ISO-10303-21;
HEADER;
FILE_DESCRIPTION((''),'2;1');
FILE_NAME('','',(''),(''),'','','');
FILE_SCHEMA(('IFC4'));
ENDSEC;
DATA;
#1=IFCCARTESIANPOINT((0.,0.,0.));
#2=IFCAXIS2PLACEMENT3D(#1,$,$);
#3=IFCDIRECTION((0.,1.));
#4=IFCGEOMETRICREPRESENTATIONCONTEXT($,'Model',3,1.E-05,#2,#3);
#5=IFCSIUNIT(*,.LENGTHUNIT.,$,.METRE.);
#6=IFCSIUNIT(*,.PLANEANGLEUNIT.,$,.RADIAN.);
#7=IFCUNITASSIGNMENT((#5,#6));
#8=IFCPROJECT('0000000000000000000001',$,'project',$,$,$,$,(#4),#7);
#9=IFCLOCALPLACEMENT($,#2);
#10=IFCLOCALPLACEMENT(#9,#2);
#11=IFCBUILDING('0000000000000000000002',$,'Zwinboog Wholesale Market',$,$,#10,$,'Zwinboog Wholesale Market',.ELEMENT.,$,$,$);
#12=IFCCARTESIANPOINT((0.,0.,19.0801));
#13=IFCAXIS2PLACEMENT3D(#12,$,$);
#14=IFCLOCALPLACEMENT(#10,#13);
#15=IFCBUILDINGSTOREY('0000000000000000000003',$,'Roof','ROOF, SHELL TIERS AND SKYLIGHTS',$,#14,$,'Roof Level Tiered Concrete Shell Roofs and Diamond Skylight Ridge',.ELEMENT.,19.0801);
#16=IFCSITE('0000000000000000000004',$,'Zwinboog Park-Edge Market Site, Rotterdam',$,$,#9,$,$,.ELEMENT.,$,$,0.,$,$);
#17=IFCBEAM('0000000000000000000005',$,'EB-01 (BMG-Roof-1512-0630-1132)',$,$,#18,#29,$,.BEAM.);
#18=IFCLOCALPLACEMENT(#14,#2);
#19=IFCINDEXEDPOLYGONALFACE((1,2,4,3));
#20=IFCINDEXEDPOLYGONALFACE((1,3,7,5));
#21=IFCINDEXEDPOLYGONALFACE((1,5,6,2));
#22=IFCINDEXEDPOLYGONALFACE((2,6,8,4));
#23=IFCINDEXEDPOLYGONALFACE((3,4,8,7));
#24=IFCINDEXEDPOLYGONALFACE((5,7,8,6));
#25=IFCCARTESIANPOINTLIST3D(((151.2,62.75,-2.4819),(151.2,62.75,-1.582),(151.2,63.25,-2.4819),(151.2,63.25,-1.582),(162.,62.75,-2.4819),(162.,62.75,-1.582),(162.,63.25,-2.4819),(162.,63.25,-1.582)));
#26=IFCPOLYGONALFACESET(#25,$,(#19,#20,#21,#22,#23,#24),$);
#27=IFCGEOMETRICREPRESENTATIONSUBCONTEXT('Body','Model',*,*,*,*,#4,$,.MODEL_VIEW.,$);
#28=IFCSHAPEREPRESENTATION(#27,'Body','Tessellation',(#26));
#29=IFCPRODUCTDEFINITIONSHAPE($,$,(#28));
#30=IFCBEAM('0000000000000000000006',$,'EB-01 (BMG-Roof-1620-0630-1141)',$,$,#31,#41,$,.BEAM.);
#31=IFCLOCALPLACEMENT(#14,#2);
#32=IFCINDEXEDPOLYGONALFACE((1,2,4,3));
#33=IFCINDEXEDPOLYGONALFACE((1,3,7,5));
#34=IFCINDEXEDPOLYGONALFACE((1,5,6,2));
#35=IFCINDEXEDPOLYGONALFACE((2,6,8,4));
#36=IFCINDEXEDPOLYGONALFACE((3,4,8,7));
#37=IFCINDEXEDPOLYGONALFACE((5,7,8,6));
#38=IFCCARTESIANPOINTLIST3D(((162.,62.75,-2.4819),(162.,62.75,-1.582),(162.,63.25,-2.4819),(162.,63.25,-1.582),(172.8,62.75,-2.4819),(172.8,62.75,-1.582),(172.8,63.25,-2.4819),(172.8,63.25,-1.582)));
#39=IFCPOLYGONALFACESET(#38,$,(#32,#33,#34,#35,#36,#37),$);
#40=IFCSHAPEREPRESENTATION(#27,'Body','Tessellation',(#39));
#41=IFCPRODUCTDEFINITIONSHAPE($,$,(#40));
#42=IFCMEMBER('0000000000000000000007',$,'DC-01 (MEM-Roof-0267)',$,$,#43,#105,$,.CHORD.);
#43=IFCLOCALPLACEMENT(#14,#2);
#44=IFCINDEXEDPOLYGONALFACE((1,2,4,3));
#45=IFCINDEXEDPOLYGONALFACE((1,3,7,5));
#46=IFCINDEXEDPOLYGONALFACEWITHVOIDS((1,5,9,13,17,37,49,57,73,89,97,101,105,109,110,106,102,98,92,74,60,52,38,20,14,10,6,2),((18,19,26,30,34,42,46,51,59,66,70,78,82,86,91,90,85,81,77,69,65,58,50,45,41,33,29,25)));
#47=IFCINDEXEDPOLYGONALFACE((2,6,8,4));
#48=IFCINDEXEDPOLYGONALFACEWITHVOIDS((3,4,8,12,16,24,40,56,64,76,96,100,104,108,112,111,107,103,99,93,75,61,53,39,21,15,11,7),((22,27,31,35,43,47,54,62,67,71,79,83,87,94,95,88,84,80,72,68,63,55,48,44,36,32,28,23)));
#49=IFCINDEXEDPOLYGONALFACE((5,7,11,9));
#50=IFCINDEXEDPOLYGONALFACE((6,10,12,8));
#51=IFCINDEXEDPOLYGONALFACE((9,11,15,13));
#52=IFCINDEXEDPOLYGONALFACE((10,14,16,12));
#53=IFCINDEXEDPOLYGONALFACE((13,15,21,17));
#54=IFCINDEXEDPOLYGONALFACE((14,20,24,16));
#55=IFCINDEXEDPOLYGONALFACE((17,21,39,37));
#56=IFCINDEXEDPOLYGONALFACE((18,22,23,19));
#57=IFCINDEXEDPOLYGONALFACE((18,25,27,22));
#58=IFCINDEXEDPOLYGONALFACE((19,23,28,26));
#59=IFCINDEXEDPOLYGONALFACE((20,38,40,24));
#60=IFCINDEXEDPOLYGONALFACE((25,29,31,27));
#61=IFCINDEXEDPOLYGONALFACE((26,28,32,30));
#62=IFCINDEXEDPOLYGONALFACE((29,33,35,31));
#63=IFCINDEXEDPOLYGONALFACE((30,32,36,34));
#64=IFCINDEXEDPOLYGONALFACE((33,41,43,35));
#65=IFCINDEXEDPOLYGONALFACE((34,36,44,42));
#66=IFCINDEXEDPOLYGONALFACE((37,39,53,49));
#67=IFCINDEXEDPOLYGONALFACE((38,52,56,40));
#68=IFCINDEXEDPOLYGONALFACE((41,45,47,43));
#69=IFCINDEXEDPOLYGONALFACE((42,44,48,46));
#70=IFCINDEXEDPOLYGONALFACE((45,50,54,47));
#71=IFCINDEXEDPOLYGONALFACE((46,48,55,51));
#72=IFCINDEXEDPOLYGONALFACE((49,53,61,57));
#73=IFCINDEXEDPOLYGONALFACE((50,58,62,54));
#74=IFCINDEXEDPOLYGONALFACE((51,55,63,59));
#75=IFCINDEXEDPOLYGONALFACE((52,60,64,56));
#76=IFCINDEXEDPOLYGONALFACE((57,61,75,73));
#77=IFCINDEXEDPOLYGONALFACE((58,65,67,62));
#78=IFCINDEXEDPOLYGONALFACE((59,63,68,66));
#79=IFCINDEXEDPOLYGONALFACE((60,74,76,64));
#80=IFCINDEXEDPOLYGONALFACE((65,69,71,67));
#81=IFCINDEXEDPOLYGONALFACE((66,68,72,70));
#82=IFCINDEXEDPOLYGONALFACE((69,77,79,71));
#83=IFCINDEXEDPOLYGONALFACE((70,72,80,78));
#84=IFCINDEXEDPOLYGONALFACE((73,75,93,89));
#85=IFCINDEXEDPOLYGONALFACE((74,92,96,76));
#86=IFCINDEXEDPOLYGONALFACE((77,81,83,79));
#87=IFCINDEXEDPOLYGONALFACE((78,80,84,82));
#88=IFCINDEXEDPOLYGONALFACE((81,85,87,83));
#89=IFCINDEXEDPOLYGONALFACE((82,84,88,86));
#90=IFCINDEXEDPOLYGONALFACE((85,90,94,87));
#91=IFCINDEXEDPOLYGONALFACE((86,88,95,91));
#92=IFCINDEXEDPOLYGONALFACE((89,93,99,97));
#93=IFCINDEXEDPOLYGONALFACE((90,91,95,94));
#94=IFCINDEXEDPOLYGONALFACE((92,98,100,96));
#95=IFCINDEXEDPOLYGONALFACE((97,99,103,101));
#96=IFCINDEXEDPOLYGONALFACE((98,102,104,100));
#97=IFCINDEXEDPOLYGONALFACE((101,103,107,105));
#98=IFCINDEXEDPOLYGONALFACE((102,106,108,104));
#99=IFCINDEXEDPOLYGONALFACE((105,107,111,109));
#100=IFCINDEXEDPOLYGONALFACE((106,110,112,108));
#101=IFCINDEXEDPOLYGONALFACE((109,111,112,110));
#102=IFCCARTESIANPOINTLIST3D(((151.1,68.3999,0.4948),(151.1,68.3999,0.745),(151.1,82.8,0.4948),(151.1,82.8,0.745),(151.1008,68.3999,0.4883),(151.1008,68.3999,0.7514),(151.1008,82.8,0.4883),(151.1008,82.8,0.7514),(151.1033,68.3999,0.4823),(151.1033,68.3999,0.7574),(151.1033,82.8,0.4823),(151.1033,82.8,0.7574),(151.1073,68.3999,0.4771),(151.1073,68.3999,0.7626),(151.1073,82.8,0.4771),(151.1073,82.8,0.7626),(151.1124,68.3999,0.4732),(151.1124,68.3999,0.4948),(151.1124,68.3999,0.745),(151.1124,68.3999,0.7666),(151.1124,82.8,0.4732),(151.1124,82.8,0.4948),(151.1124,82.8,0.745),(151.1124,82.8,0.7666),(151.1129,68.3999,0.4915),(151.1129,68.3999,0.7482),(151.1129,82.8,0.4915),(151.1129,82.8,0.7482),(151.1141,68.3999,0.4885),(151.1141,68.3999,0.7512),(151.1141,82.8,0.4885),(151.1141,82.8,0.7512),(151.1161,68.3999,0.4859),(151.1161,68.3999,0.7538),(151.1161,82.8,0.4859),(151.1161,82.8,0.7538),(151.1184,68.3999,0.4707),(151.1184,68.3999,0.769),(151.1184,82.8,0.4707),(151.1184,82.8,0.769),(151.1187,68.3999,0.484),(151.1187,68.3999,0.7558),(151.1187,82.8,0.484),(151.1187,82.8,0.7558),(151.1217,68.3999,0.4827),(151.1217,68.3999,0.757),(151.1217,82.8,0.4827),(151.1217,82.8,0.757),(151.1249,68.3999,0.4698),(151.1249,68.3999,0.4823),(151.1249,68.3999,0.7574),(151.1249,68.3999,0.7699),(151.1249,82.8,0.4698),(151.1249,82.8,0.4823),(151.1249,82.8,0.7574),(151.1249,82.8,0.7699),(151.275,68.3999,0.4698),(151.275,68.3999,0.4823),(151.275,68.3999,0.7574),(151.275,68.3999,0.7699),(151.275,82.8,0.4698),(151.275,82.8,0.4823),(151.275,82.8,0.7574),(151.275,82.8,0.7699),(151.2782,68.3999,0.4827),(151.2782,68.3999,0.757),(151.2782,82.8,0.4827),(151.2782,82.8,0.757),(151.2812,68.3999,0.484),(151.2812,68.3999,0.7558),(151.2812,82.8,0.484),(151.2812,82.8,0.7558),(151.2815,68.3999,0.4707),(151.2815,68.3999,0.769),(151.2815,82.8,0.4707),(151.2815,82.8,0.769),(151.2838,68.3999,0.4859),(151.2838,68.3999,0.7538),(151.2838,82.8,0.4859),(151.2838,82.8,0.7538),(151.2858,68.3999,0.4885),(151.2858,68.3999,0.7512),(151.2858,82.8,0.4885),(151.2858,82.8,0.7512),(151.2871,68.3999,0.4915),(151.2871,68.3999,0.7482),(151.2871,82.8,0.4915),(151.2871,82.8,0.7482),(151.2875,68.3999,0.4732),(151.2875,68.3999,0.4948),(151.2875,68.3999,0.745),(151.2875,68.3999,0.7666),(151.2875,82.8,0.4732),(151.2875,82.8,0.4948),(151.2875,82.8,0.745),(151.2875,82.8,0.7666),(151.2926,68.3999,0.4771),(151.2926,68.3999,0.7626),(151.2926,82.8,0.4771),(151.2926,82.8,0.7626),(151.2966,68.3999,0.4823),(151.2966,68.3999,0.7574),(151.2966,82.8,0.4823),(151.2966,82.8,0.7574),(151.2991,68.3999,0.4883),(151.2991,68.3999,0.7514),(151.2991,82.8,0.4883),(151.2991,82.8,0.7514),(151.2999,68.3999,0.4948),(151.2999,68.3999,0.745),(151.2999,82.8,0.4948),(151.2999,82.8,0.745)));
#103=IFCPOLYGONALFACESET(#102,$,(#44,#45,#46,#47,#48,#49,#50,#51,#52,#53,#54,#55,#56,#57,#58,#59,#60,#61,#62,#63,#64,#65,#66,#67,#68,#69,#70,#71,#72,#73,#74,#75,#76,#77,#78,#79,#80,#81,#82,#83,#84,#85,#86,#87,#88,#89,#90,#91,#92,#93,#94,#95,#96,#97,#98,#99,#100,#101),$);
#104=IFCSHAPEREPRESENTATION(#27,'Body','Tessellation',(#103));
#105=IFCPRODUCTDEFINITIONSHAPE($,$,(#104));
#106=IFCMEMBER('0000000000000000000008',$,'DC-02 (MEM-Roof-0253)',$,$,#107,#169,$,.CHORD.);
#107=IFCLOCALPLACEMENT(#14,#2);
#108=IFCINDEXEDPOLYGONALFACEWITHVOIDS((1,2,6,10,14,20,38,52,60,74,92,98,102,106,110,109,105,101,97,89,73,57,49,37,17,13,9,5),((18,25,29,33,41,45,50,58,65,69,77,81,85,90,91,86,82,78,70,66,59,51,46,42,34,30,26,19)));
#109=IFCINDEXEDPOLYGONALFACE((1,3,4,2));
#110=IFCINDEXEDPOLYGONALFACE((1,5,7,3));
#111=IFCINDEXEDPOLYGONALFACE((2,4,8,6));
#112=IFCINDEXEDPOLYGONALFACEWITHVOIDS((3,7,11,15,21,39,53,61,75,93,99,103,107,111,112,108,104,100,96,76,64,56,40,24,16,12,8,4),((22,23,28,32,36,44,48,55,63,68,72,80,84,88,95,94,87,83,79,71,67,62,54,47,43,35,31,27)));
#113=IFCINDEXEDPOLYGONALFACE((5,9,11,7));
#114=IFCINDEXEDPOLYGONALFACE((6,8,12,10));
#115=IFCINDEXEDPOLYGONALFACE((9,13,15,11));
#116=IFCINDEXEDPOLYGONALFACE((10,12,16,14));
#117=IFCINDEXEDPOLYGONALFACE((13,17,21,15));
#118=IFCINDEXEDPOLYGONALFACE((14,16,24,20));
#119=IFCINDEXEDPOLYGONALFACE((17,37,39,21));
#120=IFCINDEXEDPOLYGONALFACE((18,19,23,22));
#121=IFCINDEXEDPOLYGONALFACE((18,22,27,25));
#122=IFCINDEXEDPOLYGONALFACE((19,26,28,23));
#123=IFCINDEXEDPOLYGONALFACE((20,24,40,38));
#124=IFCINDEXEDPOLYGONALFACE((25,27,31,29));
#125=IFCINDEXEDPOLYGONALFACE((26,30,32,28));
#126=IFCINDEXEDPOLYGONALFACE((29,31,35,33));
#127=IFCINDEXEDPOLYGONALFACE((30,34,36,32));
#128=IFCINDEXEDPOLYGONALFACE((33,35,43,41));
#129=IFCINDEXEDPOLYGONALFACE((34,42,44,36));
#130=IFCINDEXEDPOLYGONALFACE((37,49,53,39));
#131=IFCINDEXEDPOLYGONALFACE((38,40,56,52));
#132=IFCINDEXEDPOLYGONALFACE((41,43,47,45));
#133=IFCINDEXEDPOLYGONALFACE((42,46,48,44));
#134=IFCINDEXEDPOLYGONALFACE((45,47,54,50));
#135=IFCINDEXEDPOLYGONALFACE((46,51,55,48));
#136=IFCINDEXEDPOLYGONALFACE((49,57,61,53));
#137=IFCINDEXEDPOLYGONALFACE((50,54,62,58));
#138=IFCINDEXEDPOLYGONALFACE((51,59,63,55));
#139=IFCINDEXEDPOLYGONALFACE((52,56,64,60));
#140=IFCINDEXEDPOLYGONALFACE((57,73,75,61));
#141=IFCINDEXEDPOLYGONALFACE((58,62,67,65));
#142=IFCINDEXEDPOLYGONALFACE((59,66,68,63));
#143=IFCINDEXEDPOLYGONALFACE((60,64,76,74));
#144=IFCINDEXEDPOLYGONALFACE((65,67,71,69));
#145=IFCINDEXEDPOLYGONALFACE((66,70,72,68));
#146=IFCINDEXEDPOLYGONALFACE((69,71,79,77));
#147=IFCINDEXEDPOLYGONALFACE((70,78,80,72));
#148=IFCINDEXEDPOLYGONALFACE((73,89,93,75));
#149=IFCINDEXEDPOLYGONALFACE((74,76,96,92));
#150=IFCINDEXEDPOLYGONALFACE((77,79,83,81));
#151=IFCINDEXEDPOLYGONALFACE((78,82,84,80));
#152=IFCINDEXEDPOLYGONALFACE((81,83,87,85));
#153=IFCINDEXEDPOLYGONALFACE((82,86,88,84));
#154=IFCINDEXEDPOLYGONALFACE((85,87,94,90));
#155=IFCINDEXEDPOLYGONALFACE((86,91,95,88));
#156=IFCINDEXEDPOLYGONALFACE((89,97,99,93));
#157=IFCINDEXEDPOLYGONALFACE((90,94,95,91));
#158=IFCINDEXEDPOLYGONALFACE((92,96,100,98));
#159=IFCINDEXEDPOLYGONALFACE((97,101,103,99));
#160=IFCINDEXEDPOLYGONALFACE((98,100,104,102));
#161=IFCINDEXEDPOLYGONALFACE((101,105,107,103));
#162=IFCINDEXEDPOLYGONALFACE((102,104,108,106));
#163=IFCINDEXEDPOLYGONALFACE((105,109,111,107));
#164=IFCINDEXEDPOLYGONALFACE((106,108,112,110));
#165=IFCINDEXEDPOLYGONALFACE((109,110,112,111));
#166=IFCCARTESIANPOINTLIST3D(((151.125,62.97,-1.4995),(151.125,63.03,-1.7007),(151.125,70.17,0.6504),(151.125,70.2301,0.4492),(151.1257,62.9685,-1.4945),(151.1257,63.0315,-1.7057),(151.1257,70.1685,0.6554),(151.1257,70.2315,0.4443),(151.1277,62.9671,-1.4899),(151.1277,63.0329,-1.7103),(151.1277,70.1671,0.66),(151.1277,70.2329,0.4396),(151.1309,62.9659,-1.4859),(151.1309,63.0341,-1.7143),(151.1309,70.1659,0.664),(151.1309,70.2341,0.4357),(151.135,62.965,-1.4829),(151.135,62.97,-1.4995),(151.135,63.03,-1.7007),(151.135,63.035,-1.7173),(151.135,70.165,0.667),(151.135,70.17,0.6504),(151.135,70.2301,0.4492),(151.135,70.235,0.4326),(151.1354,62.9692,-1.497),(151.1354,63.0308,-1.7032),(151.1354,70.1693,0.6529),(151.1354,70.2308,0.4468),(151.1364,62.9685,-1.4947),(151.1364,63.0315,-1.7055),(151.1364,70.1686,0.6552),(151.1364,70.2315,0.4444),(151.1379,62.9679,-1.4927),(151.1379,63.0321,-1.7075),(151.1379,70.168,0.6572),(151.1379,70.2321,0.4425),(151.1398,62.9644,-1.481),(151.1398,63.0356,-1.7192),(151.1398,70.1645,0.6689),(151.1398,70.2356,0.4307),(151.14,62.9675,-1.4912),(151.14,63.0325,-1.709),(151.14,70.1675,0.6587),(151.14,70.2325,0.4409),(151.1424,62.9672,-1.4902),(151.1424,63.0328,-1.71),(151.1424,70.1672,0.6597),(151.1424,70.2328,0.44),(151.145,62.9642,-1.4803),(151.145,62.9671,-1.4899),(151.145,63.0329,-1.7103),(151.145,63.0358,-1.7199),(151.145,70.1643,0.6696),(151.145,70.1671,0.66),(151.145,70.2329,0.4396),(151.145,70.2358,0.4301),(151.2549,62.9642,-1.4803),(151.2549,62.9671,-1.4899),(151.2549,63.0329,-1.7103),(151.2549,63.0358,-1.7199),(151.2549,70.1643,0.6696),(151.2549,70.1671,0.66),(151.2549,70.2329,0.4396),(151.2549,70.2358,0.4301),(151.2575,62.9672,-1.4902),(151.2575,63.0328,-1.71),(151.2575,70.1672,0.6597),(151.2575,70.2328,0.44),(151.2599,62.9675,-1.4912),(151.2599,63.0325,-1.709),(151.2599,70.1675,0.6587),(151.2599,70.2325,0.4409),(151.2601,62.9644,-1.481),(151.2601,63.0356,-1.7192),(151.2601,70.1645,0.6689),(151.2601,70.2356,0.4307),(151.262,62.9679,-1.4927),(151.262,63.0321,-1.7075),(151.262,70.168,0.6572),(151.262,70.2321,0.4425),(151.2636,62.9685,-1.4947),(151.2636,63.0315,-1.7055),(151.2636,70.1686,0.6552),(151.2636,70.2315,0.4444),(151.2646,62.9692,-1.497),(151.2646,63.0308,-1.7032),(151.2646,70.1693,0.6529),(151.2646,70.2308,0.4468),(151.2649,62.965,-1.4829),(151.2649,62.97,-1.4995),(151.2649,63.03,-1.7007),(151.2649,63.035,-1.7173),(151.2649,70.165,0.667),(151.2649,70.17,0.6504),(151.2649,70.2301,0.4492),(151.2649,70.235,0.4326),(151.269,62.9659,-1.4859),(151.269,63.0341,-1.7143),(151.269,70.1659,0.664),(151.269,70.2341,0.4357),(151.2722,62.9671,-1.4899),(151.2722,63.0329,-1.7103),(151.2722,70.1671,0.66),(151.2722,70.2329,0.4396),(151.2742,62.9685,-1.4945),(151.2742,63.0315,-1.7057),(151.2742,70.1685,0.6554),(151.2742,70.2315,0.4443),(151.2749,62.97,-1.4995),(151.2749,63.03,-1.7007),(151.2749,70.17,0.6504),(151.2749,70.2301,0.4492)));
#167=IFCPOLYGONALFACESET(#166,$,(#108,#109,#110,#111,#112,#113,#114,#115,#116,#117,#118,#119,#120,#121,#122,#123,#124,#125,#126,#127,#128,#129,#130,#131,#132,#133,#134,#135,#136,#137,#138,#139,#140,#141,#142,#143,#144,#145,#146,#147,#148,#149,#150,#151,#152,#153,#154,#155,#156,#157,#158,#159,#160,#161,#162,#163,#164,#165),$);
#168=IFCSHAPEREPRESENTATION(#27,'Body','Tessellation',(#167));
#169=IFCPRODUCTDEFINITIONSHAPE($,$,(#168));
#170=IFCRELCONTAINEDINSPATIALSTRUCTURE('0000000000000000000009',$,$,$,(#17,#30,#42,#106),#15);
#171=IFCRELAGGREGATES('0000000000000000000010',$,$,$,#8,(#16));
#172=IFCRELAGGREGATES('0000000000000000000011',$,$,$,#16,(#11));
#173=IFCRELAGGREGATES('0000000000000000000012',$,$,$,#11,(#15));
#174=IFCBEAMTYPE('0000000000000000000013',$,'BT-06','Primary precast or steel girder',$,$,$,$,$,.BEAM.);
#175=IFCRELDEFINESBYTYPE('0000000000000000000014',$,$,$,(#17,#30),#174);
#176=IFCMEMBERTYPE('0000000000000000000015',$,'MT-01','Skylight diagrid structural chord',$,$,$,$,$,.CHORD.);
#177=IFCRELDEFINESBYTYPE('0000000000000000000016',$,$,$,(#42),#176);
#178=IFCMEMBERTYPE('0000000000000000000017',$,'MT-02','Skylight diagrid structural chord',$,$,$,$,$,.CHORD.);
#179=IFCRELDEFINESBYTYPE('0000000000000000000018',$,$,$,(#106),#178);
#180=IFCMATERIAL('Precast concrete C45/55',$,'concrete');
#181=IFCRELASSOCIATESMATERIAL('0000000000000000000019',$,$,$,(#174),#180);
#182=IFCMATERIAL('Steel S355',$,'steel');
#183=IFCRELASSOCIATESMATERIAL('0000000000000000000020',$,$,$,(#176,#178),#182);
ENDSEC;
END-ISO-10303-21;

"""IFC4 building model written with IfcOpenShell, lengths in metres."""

from ifc_helpers import new_model, si_unit, direction, frame, origin, origin_2d, place, context, subcontext, project, spatial, rectangle, hollow_rectangle, extrude, material, material_profile, profile_set, type_object, element, save


model = new_model("IFC4")

# Units and contexts
model_context = context("Model", 3, precision=1e-05, world=origin(), true_north=direction((0.0, 1.0)))
body_context = subcontext(model_context, "Body", "Model", "MODEL_VIEW")
ifc_project = project(units=[si_unit("LENGTHUNIT", "METRE"), si_unit("PLANEANGLEUNIT", "RADIAN")], contexts=[model_context])

# Site, building, storey
site_placement = place(None, origin())
site = spatial("IfcSite", under=ifc_project, at=site_placement, Name="Zwinboog Park-Edge Market Site, Rotterdam", CompositionType="ELEMENT", RefElevation=0.0)
building_placement = place(site_placement, origin())
building = spatial("IfcBuilding", under=site, at=building_placement, Name="Zwinboog Wholesale Market", LongName="Zwinboog Wholesale Market", CompositionType="ELEMENT")
storey_placement = place(building_placement, frame((0.0, 0.0, 19.0801)))
storey = spatial("IfcBuildingStorey", under=building, at=storey_placement, Name="Roof", Description="ROOF, SHELL TIERS AND SKYLIGHTS", LongName="Roof Level Tiered Concrete Shell Roofs and Diamond Skylight Ridge", CompositionType="ELEMENT", Elevation=19.0801)

# Beams
ifc_material_1 = material(Name="Precast concrete C45/55", Category="concrete")
ifc_material_profile_1 = material_profile(ifc_material_1, rectangle(XDim=0.5, YDim=0.8999, at=origin_2d()), Name="PC 500x900")
ifc_profile_set_1 = profile_set([ifc_material_profile_1], Name="Precast concrete C45/55")
beam_type = type_object("IfcBeamType", Name="BT-06", Description="Primary precast or steel girder", PredefinedType="BEAM", material=ifc_profile_set_1)
for number, where, z_axis, x_axis, name in (
    (1, (151.2, 63.0, -2.032), (1.0, 0.0, 0.0), (0.0, 1.0, 0.0), "EB-01 (BMG-Roof-1512-0630-1132)"),
    (2, (162.0, 63.0, -2.032), (1.0, 0.0, 0.0), (0.0, 1.0, 0.0), "EB-01 (BMG-Roof-1620-0630-1141)"),
):
    element("IfcBeam", number, at=place(storey_placement, frame(where, z_axis=z_axis, x_axis=x_axis)), inside=storey, type_object=beam_type, Name=name, PredefinedType="BEAM", context=body_context, shape_type="SweptSolid", body=[
        extrude(rectangle(XDim=0.5, YDim=0.8999, at=origin_2d()), origin(), (0.0, 0.0, 1.0), 10.8),
    ])

# Members
ifc_material_2 = material(Name="Steel S355", Category="steel")
ifc_material_profile_2 = material_profile(ifc_material_2, hollow_rectangle(XDim=0.2, YDim=0.3, WallThickness=0.0125, InnerFilletRadius=0.0125, OuterFilletRadius=0.0249, at=origin_2d()), Name="RHS 300x200x12.5")
ifc_profile_set_2 = profile_set([ifc_material_profile_2], Name="Steel S355")
member_type_1 = type_object("IfcMemberType", Name="MT-01", Description="Skylight diagrid structural chord", PredefinedType="CHORD", material=ifc_profile_set_2)
member_1_placement = place(storey_placement, frame((151.2, 68.3999, 0.6199), z_axis=(0.0, 1.0, 0.0), x_axis=(-1.0, 0.0, 0.0)))
element("IfcMember", 3, at=member_1_placement, inside=storey, type_object=member_type_1, Name="DC-01 (MEM-Roof-0267)", PredefinedType="CHORD", context=body_context, shape_type="SweptSolid", body=[
    extrude(hollow_rectangle(XDim=0.2, YDim=0.3, WallThickness=0.0125, InnerFilletRadius=0.0125, OuterFilletRadius=0.0249, at=origin_2d()), origin(), (0.0, 0.0, 1.0), 14.4001),
])
ifc_material_profile_3 = material_profile(ifc_material_2, hollow_rectangle(XDim=0.1499, YDim=0.25, WallThickness=0.01, InnerFilletRadius=0.01, OuterFilletRadius=0.02, at=origin_2d()), Name="RHS 250x150x10")
ifc_profile_set_3 = profile_set([ifc_material_profile_3], Name="Steel S355")
member_type_2 = type_object("IfcMemberType", Name="MT-02", Description="Skylight diagrid structural chord", PredefinedType="CHORD", material=ifc_profile_set_3)
member_2_placement = place(storey_placement, frame((151.2, 63.0, -1.6001), z_axis=(0.0, 0.958195, 0.286117), x_axis=(-1.0, 0.0, 0.0)))
element("IfcMember", 4, at=member_2_placement, inside=storey, type_object=member_type_2, Name="DC-02 (MEM-Roof-0253)", PredefinedType="CHORD", context=body_context, shape_type="SweptSolid", body=[
    extrude(hollow_rectangle(XDim=0.1499, YDim=0.25, WallThickness=0.01, InnerFilletRadius=0.01, OuterFilletRadius=0.02, at=origin_2d()), origin(), (0.0, 0.0, 1.0), 7.5142),
])

save(model, "model.ifc")
